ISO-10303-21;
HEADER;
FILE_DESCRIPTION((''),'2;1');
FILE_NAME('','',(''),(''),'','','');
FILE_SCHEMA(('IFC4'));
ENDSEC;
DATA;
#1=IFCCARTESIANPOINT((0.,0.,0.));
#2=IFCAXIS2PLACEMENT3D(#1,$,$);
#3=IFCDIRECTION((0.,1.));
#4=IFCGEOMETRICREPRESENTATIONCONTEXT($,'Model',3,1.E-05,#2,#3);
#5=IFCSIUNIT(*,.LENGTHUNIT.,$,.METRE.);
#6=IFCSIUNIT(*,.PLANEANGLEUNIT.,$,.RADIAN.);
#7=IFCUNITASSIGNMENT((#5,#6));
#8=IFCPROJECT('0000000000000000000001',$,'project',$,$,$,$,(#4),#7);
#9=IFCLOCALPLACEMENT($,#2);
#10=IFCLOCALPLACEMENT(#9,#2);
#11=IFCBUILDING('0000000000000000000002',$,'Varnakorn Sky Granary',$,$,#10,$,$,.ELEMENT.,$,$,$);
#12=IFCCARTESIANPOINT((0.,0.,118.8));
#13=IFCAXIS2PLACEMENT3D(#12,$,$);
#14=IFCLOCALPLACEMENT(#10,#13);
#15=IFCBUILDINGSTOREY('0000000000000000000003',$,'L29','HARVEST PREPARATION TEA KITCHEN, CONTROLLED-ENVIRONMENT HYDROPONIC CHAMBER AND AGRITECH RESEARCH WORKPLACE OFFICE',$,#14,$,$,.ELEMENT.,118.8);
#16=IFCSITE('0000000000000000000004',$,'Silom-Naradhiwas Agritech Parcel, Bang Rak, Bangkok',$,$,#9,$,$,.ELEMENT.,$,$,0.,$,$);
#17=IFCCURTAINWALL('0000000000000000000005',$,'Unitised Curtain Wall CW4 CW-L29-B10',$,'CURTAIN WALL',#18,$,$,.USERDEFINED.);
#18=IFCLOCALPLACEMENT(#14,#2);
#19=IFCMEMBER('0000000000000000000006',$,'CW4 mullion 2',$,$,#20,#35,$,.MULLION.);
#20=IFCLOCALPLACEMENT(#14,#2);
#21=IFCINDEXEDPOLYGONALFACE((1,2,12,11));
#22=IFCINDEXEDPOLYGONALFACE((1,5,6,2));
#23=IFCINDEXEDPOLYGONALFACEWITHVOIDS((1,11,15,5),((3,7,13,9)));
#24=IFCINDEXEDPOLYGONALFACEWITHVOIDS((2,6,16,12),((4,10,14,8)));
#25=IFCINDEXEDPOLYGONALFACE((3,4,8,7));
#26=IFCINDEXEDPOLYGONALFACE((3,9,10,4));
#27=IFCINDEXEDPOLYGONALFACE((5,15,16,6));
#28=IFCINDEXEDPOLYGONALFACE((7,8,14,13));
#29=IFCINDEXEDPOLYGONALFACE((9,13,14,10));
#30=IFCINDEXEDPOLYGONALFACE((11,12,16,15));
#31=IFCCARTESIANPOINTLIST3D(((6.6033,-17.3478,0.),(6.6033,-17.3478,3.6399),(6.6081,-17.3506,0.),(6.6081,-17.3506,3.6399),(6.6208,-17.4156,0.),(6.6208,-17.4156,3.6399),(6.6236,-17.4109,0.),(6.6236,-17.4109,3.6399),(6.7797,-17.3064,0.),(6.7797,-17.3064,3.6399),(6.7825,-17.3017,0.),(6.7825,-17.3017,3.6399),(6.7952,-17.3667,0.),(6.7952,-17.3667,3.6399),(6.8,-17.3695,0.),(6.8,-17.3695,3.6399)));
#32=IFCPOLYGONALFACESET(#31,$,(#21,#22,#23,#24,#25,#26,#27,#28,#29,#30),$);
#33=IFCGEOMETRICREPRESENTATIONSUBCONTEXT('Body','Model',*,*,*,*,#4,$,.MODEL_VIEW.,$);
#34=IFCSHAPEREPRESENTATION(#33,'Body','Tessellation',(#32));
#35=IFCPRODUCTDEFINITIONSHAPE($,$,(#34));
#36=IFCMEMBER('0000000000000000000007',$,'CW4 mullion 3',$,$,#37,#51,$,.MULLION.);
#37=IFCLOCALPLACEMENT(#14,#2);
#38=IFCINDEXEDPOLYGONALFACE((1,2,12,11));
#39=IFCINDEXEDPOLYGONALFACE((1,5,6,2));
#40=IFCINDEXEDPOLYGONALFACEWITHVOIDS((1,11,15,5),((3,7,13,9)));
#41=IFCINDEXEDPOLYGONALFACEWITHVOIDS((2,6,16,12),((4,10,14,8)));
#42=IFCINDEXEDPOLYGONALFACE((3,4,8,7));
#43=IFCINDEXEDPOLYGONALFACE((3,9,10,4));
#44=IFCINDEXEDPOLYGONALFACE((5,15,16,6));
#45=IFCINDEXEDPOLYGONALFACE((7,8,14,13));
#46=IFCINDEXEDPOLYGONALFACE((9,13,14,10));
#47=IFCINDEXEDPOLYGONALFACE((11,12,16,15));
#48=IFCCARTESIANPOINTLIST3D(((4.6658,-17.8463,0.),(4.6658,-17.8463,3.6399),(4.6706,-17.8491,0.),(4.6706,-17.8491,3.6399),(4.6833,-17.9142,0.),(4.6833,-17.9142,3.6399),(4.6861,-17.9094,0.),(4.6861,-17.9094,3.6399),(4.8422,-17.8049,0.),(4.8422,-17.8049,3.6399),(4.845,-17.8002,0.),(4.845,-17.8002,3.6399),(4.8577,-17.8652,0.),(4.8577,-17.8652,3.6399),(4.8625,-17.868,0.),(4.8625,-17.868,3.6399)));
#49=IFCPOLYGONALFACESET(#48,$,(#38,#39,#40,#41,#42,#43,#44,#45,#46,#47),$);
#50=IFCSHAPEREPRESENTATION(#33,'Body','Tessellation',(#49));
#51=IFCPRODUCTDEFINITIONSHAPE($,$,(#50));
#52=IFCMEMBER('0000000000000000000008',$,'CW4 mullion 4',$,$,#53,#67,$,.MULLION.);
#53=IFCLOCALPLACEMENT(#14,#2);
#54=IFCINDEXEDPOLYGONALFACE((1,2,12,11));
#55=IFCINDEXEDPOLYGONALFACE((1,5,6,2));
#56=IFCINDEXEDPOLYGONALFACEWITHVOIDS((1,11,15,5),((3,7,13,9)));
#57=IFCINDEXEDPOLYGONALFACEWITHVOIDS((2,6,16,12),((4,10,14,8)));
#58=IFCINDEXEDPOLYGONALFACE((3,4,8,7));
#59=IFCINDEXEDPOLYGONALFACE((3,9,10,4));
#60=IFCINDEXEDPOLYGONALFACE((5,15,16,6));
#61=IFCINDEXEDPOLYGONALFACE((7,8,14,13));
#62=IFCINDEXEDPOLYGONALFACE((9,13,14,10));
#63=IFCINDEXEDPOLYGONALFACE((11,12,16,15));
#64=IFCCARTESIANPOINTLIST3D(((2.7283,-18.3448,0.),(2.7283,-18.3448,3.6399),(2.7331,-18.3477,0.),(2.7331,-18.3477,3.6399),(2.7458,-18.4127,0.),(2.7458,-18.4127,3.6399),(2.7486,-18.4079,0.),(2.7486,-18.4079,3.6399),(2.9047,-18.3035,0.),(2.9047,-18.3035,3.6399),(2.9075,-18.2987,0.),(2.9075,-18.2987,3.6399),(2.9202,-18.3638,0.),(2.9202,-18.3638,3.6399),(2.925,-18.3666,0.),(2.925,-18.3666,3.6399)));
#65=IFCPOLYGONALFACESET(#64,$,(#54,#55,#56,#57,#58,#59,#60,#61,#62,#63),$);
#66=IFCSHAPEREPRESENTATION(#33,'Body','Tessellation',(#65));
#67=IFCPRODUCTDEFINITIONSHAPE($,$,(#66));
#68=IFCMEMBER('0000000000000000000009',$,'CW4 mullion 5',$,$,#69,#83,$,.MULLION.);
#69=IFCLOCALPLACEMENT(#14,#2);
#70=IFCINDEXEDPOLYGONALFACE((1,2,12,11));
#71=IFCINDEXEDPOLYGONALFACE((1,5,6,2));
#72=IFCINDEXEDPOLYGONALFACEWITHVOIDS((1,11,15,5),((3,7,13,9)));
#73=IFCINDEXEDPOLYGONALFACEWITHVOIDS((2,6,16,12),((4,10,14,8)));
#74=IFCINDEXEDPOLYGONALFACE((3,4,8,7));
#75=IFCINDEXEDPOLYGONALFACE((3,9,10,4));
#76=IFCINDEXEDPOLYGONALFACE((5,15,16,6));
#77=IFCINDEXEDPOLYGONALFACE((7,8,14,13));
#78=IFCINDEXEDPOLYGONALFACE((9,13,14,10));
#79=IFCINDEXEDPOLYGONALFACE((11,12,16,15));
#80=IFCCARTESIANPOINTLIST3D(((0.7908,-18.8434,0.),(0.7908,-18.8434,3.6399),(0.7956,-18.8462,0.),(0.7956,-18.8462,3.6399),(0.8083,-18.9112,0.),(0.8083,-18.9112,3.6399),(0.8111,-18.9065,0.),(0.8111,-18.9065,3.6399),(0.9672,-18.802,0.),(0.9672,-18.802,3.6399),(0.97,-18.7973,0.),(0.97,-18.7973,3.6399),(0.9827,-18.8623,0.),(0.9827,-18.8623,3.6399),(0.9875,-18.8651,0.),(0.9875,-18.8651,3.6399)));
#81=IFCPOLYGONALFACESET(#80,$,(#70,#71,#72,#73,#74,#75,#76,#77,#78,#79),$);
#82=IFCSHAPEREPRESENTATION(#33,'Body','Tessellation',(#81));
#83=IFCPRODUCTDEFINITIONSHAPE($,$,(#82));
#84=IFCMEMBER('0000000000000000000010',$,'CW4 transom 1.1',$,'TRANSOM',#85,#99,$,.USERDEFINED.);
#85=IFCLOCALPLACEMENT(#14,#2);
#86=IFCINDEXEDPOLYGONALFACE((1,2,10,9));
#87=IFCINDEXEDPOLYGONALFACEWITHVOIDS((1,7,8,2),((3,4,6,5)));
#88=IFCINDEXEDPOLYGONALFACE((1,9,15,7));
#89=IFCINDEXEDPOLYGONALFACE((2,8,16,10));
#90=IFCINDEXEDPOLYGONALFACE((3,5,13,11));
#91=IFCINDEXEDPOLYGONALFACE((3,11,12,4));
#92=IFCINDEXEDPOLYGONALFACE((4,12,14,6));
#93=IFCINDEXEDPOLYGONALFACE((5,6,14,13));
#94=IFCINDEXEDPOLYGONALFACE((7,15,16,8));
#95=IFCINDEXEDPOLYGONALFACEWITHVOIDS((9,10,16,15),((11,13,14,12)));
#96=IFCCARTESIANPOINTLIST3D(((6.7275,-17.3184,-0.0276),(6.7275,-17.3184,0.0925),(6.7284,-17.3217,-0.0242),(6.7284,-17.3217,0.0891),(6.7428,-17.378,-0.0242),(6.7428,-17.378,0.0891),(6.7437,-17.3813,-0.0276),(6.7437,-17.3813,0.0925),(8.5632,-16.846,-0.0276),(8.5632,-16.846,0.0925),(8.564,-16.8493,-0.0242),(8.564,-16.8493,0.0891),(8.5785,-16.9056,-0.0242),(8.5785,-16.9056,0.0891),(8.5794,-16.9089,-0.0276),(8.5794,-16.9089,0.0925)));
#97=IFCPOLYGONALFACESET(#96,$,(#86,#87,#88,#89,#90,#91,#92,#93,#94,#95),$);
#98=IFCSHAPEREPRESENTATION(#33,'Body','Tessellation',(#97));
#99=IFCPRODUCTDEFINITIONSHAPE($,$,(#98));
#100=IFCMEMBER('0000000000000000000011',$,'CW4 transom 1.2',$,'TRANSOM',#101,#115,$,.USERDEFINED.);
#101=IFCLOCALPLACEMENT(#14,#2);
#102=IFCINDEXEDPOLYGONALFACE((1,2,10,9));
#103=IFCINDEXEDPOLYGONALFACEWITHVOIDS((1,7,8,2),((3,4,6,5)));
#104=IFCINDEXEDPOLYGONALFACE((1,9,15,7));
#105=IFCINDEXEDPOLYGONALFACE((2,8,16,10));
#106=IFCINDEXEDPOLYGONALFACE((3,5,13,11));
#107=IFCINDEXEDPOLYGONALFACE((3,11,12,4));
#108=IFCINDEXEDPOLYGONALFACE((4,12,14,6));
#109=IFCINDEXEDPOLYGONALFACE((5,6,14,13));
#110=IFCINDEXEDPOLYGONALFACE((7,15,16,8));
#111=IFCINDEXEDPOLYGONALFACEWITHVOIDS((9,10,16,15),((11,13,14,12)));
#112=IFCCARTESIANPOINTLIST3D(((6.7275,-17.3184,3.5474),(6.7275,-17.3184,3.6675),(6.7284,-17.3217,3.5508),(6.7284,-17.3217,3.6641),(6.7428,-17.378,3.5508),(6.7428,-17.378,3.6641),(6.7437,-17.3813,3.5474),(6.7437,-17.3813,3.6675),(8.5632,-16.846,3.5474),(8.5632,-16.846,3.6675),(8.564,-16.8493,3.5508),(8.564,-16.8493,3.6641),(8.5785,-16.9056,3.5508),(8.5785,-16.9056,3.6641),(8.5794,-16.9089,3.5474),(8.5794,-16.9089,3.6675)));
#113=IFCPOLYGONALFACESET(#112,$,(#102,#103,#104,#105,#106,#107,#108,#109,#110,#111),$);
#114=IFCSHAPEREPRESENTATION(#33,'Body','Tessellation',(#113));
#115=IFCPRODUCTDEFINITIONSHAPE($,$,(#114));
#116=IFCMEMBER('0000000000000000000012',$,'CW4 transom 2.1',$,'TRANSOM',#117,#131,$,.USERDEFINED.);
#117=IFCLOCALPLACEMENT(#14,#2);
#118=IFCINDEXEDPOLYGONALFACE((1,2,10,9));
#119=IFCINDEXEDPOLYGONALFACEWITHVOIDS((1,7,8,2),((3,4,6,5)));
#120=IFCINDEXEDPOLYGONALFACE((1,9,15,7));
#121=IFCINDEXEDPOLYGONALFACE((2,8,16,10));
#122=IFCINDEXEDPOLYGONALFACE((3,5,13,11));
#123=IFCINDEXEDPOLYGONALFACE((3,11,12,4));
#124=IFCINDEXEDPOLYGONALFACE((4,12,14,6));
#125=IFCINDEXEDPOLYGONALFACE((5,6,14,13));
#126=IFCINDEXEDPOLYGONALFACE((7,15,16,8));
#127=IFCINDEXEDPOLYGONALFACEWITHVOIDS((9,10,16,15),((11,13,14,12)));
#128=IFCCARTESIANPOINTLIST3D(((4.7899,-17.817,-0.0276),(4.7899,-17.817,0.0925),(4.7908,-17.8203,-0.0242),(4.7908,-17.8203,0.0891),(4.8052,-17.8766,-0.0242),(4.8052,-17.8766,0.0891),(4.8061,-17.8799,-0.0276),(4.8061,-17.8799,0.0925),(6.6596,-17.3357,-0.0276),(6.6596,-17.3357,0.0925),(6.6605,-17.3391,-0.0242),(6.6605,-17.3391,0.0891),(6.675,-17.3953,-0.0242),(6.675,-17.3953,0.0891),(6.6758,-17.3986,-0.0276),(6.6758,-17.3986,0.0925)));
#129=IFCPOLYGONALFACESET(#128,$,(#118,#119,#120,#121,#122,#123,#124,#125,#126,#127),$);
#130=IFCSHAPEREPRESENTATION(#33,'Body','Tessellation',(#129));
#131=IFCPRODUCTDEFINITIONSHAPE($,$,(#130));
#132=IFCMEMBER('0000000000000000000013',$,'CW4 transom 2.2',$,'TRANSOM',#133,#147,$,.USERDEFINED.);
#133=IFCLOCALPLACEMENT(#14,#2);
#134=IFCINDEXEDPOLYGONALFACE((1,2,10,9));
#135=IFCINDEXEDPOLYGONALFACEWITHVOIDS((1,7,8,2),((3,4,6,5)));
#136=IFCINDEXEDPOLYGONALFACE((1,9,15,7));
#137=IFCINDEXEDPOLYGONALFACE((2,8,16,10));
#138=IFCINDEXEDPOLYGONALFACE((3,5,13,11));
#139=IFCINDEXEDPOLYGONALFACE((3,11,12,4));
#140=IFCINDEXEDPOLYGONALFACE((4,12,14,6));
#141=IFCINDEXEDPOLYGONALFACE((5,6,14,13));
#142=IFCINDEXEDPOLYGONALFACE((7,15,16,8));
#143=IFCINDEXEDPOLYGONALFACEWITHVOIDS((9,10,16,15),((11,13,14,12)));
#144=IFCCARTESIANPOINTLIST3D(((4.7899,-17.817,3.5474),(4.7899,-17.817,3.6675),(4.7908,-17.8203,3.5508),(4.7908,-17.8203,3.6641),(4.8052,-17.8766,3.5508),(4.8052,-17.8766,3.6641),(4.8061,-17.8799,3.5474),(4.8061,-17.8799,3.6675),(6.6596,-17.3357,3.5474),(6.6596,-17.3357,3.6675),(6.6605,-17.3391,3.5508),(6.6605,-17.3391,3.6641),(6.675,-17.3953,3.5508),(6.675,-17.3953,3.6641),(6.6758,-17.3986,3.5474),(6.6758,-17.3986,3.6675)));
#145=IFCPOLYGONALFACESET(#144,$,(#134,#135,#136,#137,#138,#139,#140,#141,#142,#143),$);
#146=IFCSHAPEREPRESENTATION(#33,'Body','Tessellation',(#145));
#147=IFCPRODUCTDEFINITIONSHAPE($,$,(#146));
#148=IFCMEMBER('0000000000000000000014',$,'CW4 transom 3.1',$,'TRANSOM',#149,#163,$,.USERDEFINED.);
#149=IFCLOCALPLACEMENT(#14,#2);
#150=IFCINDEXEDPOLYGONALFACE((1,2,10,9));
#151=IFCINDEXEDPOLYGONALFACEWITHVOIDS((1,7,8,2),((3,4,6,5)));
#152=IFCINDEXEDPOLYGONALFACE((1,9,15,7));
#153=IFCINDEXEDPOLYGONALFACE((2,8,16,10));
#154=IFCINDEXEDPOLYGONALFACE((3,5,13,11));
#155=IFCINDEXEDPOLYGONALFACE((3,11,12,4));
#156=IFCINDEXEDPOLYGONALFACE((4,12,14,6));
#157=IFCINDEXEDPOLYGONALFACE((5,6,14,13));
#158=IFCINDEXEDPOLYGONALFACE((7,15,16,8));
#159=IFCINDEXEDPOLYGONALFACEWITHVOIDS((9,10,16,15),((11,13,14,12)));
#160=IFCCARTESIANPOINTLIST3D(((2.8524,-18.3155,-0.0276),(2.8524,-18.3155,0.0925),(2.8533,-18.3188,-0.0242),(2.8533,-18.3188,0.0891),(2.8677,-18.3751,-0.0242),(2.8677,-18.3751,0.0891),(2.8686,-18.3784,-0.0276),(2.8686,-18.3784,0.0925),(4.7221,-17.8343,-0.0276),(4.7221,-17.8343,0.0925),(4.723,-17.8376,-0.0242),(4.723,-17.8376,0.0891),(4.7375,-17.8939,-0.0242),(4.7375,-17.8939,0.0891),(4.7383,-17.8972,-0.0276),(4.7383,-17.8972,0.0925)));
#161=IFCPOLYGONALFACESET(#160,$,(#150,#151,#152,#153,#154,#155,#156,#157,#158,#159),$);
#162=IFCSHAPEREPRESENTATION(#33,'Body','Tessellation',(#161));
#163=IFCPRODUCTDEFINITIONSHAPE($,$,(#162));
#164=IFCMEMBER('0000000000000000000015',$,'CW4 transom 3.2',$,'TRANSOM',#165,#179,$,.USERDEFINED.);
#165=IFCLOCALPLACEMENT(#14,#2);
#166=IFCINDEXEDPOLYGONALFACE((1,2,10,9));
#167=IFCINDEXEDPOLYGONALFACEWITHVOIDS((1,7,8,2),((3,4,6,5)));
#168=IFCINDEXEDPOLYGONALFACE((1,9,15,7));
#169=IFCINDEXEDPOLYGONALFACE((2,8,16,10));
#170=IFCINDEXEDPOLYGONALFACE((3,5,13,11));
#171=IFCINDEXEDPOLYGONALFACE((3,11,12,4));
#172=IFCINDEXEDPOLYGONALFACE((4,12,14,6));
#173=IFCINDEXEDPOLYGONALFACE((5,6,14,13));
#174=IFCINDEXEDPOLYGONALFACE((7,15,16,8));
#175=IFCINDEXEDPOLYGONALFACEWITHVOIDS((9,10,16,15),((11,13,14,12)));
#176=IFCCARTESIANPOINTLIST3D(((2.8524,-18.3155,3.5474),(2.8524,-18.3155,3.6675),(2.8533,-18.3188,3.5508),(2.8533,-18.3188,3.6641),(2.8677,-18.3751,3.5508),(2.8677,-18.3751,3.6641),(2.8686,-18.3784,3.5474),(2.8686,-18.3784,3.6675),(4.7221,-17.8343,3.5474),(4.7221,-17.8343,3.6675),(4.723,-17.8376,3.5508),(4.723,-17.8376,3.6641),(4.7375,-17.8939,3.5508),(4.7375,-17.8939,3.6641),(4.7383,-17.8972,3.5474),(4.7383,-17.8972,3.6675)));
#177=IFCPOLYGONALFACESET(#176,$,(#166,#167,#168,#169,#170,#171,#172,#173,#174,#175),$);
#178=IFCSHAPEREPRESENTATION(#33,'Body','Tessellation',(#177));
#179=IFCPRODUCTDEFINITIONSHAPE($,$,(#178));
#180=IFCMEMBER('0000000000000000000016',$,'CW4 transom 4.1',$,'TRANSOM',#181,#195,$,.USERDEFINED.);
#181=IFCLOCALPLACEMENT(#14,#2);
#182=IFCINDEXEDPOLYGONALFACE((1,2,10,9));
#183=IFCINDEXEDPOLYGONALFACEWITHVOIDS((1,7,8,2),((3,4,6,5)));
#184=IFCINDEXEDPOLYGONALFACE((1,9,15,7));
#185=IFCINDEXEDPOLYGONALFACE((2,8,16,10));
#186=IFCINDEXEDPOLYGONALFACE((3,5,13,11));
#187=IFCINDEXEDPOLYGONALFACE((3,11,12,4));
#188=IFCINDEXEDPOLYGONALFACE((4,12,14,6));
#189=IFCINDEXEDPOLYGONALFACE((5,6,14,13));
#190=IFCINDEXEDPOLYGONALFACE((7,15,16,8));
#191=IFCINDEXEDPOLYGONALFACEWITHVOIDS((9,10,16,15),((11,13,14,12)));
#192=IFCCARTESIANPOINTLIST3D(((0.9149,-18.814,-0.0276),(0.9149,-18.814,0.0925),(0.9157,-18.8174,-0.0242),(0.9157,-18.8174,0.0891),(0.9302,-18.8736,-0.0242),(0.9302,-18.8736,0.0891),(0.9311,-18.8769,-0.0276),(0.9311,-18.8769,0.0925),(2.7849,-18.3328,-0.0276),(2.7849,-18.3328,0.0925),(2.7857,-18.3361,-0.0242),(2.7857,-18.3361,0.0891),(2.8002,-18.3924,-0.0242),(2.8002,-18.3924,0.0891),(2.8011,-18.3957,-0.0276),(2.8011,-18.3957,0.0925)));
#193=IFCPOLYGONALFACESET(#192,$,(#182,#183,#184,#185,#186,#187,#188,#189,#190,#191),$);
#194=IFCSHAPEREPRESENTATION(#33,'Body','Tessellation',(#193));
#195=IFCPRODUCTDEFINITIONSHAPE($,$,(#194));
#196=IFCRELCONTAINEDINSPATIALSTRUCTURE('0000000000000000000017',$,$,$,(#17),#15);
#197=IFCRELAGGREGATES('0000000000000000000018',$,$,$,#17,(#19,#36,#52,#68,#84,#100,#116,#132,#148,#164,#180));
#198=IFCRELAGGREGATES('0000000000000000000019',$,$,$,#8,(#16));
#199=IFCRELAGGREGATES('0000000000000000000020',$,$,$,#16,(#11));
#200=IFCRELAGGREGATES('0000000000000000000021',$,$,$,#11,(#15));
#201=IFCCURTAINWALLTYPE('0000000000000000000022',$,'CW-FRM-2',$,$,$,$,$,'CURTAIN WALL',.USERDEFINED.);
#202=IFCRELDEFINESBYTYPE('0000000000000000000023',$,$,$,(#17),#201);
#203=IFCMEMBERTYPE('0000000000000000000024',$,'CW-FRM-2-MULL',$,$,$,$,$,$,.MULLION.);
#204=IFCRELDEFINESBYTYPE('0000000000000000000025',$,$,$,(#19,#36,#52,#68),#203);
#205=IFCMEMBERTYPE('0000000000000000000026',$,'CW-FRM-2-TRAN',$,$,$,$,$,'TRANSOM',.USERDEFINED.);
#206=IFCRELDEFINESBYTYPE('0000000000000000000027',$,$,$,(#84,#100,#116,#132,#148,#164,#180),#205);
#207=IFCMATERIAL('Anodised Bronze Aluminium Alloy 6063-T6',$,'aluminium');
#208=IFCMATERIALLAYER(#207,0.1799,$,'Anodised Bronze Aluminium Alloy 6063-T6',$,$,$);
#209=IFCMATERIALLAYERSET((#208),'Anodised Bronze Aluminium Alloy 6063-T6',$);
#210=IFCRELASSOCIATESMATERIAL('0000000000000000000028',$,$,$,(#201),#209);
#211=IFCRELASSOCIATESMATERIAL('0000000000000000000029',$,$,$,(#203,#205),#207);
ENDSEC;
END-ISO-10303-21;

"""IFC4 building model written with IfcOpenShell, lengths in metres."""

from ifc_helpers import new_model, si_unit, direction, frame, origin, origin_2d, place, context, subcontext, project, spatial, hollow_rectangle, extrude, material, layer, layer_set, material_profile, profile_set, type_object, element, aggregate, save


model = new_model("IFC4")

# Units and contexts
model_context = context("Model", 3, precision=1e-05, world=origin(), true_north=direction((0.0, 1.0)))
body_context = subcontext(model_context, "Body", "Model", "MODEL_VIEW")
ifc_project = project(units=[si_unit("LENGTHUNIT", "METRE"), si_unit("PLANEANGLEUNIT", "RADIAN")], contexts=[model_context])

# Site, building, storey
site_placement = place(None, origin())
site = spatial("IfcSite", under=ifc_project, at=site_placement, Name="Silom-Naradhiwas Agritech Parcel, Bang Rak, Bangkok", CompositionType="ELEMENT", RefElevation=0.0)
building_placement = place(site_placement, origin())
building = spatial("IfcBuilding", under=site, at=building_placement, Name="Varnakorn Sky Granary", CompositionType="ELEMENT")
storey_placement = place(building_placement, frame((0.0, 0.0, 118.8)))
storey = spatial("IfcBuildingStorey", under=building, at=storey_placement, Name="L29", Description="HARVEST PREPARATION TEA KITCHEN, CONTROLLED-ENVIRONMENT HYDROPONIC CHAMBER AND AGRITECH RESEARCH WORKPLACE OFFICE", CompositionType="ELEMENT", Elevation=118.8)

# Curtain wall, members
ifc_material_1 = material(Name="Anodised Bronze Aluminium Alloy 6063-T6", Category="aluminium")
ifc_layer_1 = layer(ifc_material_1, 0.1799, Name="Anodised Bronze Aluminium Alloy 6063-T6")
ifc_layer_set_1 = layer_set([ifc_layer_1], Name="Anodised Bronze Aluminium Alloy 6063-T6")
curtain_wall_type = type_object("IfcCurtainWallType", Name="CW-FRM-2", ElementType="CURTAIN WALL", PredefinedType="USERDEFINED", material=ifc_layer_set_1)
curtain_wall_placement = place(storey_placement, origin())
curtain_wall = element("IfcCurtainWall", 1, at=curtain_wall_placement, inside=storey, type_object=curtain_wall_type, Name="Unitised Curtain Wall CW4 CW-L29-B10", ObjectType="CURTAIN WALL", PredefinedType="USERDEFINED")
ifc_material_profile_1 = material_profile(ifc_material_1, hollow_rectangle(XDim=0.0701, YDim=0.1851, WallThickness=0.0039, at=origin_2d()), Name="ALU MULL 70x185")
ifc_profile_set_1 = profile_set([ifc_material_profile_1], Name="Anodised Bronze Aluminium Alloy 6063-T6")
member_type_1 = type_object("IfcMemberType", Name="CW-FRM-2-MULL", PredefinedType="MULLION", material=ifc_profile_set_1)
member_1_placement = place(storey_placement, frame((6.7017, -17.3586, 0.0), z_axis=(0.0, 0.0, 1.0), x_axis=(0.249196, -0.968453, 0.0)))
member_1 = element("IfcMember", 2, at=member_1_placement, type_object=member_type_1, Name="CW4 mullion 2", PredefinedType="MULLION", context=body_context, shape_type="SweptSolid", body=[
    extrude(hollow_rectangle(XDim=0.0701, YDim=0.1851, WallThickness=0.0039, at=origin_2d()), origin(), (0.0, 0.0, 1.0), 3.6399),
])
member_2_placement = place(storey_placement, frame((4.7642, -17.8572, 0.0), z_axis=(0.0, 0.0, 1.0), x_axis=(0.249196, -0.968453, 0.0)))
member_2 = element("IfcMember", 3, at=member_2_placement, type_object=member_type_1, Name="CW4 mullion 3", PredefinedType="MULLION", context=body_context, shape_type="SweptSolid", body=[
    extrude(hollow_rectangle(XDim=0.0701, YDim=0.1851, WallThickness=0.0039, at=origin_2d()), origin(), (0.0, 0.0, 1.0), 3.6399),
])
member_3_placement = place(storey_placement, frame((2.8267, -18.3557, 0.0), z_axis=(0.0, 0.0, 1.0), x_axis=(0.249196, -0.968453, 0.0)))
member_3 = element("IfcMember", 4, at=member_3_placement, type_object=member_type_1, Name="CW4 mullion 4", PredefinedType="MULLION", context=body_context, shape_type="SweptSolid", body=[
    extrude(hollow_rectangle(XDim=0.0701, YDim=0.1851, WallThickness=0.0039, at=origin_2d()), origin(), (0.0, 0.0, 1.0), 3.6399),
])
member_4_placement = place(storey_placement, frame((0.8892, -18.8542, 0.0), z_axis=(0.0, 0.0, 1.0), x_axis=(0.249196, -0.968453, 0.0)))
member_4 = element("IfcMember", 5, at=member_4_placement, type_object=member_type_1, Name="CW4 mullion 5", PredefinedType="MULLION", context=body_context, shape_type="SweptSolid", body=[
    extrude(hollow_rectangle(XDim=0.0701, YDim=0.1851, WallThickness=0.0039, at=origin_2d()), origin(), (0.0, 0.0, 1.0), 3.6399),
])
ifc_material_profile_2 = material_profile(ifc_material_1, hollow_rectangle(XDim=0.0649, YDim=0.1201, WallThickness=0.0034, at=origin_2d()), Name="ALU TRAN 65x120")
ifc_profile_set_2 = profile_set([ifc_material_profile_2], Name="Anodised Bronze Aluminium Alloy 6063-T6")
member_type_2 = type_object("IfcMemberType", Name="CW-FRM-2-TRAN", ElementType="TRANSOM", PredefinedType="USERDEFINED", material=ifc_profile_set_2)
member_5_placement = place(storey_placement, frame((8.5713, -16.8774, 0.0325), z_axis=(-0.968445, -0.249227, 0.0), x_axis=(0.249227, -0.968445, 0.0)))
member_5 = element("IfcMember", 6, at=member_5_placement, type_object=member_type_2, Name="CW4 transom 1.1", ObjectType="TRANSOM", PredefinedType="USERDEFINED", context=body_context, shape_type="SweptSolid", body=[
    extrude(hollow_rectangle(XDim=0.0649, YDim=0.1201, WallThickness=0.0034, at=origin_2d()), origin(), (0.0, 0.0, 1.0), 1.8955),
])
member_6_placement = place(storey_placement, frame((8.5713, -16.8774, 3.6074), z_axis=(-0.968445, -0.249227, 0.0), x_axis=(0.249227, -0.968445, 0.0)))
member_6 = element("IfcMember", 7, at=member_6_placement, type_object=member_type_2, Name="CW4 transom 1.2", ObjectType="TRANSOM", PredefinedType="USERDEFINED", context=body_context, shape_type="SweptSolid", body=[
    extrude(hollow_rectangle(XDim=0.0649, YDim=0.1201, WallThickness=0.0034, at=origin_2d()), origin(), (0.0, 0.0, 1.0), 1.8955),
])
member_7_placement = place(storey_placement, frame((6.6677, -17.3672, 0.0325), z_axis=(-0.968438, -0.249255, 0.0), x_axis=(0.249255, -0.968438, 0.0)))
member_7 = element("IfcMember", 8, at=member_7_placement, type_object=member_type_2, Name="CW4 transom 2.1", ObjectType="TRANSOM", PredefinedType="USERDEFINED", context=body_context, shape_type="SweptSolid", body=[
    extrude(hollow_rectangle(XDim=0.0649, YDim=0.1201, WallThickness=0.0034, at=origin_2d()), origin(), (0.0, 0.0, 1.0), 1.9307),
])
member_8_placement = place(storey_placement, frame((6.6677, -17.3672, 3.6074), z_axis=(-0.968438, -0.249255, 0.0), x_axis=(0.249255, -0.968438, 0.0)))
member_8 = element("IfcMember", 9, at=member_8_placement, type_object=member_type_2, Name="CW4 transom 2.2", ObjectType="TRANSOM", PredefinedType="USERDEFINED", context=body_context, shape_type="SweptSolid", body=[
    extrude(hollow_rectangle(XDim=0.0649, YDim=0.1201, WallThickness=0.0034, at=origin_2d()), origin(), (0.0, 0.0, 1.0), 1.9307),
])
member_9_placement = place(storey_placement, frame((4.7302, -17.8657, 0.0325), z_axis=(-0.968438, -0.249255, 0.0), x_axis=(0.249255, -0.968438, 0.0)))
member_9 = element("IfcMember", 10, at=member_9_placement, type_object=member_type_2, Name="CW4 transom 3.1", ObjectType="TRANSOM", PredefinedType="USERDEFINED", context=body_context, shape_type="SweptSolid", body=[
    extrude(hollow_rectangle(XDim=0.0649, YDim=0.1201, WallThickness=0.0034, at=origin_2d()), origin(), (0.0, 0.0, 1.0), 1.9307),
])
member_10_placement = place(storey_placement, frame((4.7302, -17.8657, 3.6074), z_axis=(-0.968438, -0.249255, 0.0), x_axis=(0.249255, -0.968438, 0.0)))
member_10 = element("IfcMember", 11, at=member_10_placement, type_object=member_type_2, Name="CW4 transom 3.2", ObjectType="TRANSOM", PredefinedType="USERDEFINED", context=body_context, shape_type="SweptSolid", body=[
    extrude(hollow_rectangle(XDim=0.0649, YDim=0.1201, WallThickness=0.0034, at=origin_2d()), origin(), (0.0, 0.0, 1.0), 1.9307),
])
member_11_placement = place(storey_placement, frame((2.793, -18.3643, 0.0325), z_axis=(-0.968446, -0.249224, 0.0), x_axis=(0.249224, -0.968446, 0.0)))
member_11 = element("IfcMember", 12, at=member_11_placement, type_object=member_type_2, Name="CW4 transom 4.1", ObjectType="TRANSOM", PredefinedType="USERDEFINED", context=body_context, shape_type="SweptSolid", body=[
    extrude(hollow_rectangle(XDim=0.0649, YDim=0.1201, WallThickness=0.0034, at=origin_2d()), origin(), (0.0, 0.0, 1.0), 1.9309),
])

aggregate(curtain_wall, [member_1, member_2, member_3, member_4, member_5, member_6, member_7, member_8, member_9, member_10, member_11])

save(model, "model.ifc")
